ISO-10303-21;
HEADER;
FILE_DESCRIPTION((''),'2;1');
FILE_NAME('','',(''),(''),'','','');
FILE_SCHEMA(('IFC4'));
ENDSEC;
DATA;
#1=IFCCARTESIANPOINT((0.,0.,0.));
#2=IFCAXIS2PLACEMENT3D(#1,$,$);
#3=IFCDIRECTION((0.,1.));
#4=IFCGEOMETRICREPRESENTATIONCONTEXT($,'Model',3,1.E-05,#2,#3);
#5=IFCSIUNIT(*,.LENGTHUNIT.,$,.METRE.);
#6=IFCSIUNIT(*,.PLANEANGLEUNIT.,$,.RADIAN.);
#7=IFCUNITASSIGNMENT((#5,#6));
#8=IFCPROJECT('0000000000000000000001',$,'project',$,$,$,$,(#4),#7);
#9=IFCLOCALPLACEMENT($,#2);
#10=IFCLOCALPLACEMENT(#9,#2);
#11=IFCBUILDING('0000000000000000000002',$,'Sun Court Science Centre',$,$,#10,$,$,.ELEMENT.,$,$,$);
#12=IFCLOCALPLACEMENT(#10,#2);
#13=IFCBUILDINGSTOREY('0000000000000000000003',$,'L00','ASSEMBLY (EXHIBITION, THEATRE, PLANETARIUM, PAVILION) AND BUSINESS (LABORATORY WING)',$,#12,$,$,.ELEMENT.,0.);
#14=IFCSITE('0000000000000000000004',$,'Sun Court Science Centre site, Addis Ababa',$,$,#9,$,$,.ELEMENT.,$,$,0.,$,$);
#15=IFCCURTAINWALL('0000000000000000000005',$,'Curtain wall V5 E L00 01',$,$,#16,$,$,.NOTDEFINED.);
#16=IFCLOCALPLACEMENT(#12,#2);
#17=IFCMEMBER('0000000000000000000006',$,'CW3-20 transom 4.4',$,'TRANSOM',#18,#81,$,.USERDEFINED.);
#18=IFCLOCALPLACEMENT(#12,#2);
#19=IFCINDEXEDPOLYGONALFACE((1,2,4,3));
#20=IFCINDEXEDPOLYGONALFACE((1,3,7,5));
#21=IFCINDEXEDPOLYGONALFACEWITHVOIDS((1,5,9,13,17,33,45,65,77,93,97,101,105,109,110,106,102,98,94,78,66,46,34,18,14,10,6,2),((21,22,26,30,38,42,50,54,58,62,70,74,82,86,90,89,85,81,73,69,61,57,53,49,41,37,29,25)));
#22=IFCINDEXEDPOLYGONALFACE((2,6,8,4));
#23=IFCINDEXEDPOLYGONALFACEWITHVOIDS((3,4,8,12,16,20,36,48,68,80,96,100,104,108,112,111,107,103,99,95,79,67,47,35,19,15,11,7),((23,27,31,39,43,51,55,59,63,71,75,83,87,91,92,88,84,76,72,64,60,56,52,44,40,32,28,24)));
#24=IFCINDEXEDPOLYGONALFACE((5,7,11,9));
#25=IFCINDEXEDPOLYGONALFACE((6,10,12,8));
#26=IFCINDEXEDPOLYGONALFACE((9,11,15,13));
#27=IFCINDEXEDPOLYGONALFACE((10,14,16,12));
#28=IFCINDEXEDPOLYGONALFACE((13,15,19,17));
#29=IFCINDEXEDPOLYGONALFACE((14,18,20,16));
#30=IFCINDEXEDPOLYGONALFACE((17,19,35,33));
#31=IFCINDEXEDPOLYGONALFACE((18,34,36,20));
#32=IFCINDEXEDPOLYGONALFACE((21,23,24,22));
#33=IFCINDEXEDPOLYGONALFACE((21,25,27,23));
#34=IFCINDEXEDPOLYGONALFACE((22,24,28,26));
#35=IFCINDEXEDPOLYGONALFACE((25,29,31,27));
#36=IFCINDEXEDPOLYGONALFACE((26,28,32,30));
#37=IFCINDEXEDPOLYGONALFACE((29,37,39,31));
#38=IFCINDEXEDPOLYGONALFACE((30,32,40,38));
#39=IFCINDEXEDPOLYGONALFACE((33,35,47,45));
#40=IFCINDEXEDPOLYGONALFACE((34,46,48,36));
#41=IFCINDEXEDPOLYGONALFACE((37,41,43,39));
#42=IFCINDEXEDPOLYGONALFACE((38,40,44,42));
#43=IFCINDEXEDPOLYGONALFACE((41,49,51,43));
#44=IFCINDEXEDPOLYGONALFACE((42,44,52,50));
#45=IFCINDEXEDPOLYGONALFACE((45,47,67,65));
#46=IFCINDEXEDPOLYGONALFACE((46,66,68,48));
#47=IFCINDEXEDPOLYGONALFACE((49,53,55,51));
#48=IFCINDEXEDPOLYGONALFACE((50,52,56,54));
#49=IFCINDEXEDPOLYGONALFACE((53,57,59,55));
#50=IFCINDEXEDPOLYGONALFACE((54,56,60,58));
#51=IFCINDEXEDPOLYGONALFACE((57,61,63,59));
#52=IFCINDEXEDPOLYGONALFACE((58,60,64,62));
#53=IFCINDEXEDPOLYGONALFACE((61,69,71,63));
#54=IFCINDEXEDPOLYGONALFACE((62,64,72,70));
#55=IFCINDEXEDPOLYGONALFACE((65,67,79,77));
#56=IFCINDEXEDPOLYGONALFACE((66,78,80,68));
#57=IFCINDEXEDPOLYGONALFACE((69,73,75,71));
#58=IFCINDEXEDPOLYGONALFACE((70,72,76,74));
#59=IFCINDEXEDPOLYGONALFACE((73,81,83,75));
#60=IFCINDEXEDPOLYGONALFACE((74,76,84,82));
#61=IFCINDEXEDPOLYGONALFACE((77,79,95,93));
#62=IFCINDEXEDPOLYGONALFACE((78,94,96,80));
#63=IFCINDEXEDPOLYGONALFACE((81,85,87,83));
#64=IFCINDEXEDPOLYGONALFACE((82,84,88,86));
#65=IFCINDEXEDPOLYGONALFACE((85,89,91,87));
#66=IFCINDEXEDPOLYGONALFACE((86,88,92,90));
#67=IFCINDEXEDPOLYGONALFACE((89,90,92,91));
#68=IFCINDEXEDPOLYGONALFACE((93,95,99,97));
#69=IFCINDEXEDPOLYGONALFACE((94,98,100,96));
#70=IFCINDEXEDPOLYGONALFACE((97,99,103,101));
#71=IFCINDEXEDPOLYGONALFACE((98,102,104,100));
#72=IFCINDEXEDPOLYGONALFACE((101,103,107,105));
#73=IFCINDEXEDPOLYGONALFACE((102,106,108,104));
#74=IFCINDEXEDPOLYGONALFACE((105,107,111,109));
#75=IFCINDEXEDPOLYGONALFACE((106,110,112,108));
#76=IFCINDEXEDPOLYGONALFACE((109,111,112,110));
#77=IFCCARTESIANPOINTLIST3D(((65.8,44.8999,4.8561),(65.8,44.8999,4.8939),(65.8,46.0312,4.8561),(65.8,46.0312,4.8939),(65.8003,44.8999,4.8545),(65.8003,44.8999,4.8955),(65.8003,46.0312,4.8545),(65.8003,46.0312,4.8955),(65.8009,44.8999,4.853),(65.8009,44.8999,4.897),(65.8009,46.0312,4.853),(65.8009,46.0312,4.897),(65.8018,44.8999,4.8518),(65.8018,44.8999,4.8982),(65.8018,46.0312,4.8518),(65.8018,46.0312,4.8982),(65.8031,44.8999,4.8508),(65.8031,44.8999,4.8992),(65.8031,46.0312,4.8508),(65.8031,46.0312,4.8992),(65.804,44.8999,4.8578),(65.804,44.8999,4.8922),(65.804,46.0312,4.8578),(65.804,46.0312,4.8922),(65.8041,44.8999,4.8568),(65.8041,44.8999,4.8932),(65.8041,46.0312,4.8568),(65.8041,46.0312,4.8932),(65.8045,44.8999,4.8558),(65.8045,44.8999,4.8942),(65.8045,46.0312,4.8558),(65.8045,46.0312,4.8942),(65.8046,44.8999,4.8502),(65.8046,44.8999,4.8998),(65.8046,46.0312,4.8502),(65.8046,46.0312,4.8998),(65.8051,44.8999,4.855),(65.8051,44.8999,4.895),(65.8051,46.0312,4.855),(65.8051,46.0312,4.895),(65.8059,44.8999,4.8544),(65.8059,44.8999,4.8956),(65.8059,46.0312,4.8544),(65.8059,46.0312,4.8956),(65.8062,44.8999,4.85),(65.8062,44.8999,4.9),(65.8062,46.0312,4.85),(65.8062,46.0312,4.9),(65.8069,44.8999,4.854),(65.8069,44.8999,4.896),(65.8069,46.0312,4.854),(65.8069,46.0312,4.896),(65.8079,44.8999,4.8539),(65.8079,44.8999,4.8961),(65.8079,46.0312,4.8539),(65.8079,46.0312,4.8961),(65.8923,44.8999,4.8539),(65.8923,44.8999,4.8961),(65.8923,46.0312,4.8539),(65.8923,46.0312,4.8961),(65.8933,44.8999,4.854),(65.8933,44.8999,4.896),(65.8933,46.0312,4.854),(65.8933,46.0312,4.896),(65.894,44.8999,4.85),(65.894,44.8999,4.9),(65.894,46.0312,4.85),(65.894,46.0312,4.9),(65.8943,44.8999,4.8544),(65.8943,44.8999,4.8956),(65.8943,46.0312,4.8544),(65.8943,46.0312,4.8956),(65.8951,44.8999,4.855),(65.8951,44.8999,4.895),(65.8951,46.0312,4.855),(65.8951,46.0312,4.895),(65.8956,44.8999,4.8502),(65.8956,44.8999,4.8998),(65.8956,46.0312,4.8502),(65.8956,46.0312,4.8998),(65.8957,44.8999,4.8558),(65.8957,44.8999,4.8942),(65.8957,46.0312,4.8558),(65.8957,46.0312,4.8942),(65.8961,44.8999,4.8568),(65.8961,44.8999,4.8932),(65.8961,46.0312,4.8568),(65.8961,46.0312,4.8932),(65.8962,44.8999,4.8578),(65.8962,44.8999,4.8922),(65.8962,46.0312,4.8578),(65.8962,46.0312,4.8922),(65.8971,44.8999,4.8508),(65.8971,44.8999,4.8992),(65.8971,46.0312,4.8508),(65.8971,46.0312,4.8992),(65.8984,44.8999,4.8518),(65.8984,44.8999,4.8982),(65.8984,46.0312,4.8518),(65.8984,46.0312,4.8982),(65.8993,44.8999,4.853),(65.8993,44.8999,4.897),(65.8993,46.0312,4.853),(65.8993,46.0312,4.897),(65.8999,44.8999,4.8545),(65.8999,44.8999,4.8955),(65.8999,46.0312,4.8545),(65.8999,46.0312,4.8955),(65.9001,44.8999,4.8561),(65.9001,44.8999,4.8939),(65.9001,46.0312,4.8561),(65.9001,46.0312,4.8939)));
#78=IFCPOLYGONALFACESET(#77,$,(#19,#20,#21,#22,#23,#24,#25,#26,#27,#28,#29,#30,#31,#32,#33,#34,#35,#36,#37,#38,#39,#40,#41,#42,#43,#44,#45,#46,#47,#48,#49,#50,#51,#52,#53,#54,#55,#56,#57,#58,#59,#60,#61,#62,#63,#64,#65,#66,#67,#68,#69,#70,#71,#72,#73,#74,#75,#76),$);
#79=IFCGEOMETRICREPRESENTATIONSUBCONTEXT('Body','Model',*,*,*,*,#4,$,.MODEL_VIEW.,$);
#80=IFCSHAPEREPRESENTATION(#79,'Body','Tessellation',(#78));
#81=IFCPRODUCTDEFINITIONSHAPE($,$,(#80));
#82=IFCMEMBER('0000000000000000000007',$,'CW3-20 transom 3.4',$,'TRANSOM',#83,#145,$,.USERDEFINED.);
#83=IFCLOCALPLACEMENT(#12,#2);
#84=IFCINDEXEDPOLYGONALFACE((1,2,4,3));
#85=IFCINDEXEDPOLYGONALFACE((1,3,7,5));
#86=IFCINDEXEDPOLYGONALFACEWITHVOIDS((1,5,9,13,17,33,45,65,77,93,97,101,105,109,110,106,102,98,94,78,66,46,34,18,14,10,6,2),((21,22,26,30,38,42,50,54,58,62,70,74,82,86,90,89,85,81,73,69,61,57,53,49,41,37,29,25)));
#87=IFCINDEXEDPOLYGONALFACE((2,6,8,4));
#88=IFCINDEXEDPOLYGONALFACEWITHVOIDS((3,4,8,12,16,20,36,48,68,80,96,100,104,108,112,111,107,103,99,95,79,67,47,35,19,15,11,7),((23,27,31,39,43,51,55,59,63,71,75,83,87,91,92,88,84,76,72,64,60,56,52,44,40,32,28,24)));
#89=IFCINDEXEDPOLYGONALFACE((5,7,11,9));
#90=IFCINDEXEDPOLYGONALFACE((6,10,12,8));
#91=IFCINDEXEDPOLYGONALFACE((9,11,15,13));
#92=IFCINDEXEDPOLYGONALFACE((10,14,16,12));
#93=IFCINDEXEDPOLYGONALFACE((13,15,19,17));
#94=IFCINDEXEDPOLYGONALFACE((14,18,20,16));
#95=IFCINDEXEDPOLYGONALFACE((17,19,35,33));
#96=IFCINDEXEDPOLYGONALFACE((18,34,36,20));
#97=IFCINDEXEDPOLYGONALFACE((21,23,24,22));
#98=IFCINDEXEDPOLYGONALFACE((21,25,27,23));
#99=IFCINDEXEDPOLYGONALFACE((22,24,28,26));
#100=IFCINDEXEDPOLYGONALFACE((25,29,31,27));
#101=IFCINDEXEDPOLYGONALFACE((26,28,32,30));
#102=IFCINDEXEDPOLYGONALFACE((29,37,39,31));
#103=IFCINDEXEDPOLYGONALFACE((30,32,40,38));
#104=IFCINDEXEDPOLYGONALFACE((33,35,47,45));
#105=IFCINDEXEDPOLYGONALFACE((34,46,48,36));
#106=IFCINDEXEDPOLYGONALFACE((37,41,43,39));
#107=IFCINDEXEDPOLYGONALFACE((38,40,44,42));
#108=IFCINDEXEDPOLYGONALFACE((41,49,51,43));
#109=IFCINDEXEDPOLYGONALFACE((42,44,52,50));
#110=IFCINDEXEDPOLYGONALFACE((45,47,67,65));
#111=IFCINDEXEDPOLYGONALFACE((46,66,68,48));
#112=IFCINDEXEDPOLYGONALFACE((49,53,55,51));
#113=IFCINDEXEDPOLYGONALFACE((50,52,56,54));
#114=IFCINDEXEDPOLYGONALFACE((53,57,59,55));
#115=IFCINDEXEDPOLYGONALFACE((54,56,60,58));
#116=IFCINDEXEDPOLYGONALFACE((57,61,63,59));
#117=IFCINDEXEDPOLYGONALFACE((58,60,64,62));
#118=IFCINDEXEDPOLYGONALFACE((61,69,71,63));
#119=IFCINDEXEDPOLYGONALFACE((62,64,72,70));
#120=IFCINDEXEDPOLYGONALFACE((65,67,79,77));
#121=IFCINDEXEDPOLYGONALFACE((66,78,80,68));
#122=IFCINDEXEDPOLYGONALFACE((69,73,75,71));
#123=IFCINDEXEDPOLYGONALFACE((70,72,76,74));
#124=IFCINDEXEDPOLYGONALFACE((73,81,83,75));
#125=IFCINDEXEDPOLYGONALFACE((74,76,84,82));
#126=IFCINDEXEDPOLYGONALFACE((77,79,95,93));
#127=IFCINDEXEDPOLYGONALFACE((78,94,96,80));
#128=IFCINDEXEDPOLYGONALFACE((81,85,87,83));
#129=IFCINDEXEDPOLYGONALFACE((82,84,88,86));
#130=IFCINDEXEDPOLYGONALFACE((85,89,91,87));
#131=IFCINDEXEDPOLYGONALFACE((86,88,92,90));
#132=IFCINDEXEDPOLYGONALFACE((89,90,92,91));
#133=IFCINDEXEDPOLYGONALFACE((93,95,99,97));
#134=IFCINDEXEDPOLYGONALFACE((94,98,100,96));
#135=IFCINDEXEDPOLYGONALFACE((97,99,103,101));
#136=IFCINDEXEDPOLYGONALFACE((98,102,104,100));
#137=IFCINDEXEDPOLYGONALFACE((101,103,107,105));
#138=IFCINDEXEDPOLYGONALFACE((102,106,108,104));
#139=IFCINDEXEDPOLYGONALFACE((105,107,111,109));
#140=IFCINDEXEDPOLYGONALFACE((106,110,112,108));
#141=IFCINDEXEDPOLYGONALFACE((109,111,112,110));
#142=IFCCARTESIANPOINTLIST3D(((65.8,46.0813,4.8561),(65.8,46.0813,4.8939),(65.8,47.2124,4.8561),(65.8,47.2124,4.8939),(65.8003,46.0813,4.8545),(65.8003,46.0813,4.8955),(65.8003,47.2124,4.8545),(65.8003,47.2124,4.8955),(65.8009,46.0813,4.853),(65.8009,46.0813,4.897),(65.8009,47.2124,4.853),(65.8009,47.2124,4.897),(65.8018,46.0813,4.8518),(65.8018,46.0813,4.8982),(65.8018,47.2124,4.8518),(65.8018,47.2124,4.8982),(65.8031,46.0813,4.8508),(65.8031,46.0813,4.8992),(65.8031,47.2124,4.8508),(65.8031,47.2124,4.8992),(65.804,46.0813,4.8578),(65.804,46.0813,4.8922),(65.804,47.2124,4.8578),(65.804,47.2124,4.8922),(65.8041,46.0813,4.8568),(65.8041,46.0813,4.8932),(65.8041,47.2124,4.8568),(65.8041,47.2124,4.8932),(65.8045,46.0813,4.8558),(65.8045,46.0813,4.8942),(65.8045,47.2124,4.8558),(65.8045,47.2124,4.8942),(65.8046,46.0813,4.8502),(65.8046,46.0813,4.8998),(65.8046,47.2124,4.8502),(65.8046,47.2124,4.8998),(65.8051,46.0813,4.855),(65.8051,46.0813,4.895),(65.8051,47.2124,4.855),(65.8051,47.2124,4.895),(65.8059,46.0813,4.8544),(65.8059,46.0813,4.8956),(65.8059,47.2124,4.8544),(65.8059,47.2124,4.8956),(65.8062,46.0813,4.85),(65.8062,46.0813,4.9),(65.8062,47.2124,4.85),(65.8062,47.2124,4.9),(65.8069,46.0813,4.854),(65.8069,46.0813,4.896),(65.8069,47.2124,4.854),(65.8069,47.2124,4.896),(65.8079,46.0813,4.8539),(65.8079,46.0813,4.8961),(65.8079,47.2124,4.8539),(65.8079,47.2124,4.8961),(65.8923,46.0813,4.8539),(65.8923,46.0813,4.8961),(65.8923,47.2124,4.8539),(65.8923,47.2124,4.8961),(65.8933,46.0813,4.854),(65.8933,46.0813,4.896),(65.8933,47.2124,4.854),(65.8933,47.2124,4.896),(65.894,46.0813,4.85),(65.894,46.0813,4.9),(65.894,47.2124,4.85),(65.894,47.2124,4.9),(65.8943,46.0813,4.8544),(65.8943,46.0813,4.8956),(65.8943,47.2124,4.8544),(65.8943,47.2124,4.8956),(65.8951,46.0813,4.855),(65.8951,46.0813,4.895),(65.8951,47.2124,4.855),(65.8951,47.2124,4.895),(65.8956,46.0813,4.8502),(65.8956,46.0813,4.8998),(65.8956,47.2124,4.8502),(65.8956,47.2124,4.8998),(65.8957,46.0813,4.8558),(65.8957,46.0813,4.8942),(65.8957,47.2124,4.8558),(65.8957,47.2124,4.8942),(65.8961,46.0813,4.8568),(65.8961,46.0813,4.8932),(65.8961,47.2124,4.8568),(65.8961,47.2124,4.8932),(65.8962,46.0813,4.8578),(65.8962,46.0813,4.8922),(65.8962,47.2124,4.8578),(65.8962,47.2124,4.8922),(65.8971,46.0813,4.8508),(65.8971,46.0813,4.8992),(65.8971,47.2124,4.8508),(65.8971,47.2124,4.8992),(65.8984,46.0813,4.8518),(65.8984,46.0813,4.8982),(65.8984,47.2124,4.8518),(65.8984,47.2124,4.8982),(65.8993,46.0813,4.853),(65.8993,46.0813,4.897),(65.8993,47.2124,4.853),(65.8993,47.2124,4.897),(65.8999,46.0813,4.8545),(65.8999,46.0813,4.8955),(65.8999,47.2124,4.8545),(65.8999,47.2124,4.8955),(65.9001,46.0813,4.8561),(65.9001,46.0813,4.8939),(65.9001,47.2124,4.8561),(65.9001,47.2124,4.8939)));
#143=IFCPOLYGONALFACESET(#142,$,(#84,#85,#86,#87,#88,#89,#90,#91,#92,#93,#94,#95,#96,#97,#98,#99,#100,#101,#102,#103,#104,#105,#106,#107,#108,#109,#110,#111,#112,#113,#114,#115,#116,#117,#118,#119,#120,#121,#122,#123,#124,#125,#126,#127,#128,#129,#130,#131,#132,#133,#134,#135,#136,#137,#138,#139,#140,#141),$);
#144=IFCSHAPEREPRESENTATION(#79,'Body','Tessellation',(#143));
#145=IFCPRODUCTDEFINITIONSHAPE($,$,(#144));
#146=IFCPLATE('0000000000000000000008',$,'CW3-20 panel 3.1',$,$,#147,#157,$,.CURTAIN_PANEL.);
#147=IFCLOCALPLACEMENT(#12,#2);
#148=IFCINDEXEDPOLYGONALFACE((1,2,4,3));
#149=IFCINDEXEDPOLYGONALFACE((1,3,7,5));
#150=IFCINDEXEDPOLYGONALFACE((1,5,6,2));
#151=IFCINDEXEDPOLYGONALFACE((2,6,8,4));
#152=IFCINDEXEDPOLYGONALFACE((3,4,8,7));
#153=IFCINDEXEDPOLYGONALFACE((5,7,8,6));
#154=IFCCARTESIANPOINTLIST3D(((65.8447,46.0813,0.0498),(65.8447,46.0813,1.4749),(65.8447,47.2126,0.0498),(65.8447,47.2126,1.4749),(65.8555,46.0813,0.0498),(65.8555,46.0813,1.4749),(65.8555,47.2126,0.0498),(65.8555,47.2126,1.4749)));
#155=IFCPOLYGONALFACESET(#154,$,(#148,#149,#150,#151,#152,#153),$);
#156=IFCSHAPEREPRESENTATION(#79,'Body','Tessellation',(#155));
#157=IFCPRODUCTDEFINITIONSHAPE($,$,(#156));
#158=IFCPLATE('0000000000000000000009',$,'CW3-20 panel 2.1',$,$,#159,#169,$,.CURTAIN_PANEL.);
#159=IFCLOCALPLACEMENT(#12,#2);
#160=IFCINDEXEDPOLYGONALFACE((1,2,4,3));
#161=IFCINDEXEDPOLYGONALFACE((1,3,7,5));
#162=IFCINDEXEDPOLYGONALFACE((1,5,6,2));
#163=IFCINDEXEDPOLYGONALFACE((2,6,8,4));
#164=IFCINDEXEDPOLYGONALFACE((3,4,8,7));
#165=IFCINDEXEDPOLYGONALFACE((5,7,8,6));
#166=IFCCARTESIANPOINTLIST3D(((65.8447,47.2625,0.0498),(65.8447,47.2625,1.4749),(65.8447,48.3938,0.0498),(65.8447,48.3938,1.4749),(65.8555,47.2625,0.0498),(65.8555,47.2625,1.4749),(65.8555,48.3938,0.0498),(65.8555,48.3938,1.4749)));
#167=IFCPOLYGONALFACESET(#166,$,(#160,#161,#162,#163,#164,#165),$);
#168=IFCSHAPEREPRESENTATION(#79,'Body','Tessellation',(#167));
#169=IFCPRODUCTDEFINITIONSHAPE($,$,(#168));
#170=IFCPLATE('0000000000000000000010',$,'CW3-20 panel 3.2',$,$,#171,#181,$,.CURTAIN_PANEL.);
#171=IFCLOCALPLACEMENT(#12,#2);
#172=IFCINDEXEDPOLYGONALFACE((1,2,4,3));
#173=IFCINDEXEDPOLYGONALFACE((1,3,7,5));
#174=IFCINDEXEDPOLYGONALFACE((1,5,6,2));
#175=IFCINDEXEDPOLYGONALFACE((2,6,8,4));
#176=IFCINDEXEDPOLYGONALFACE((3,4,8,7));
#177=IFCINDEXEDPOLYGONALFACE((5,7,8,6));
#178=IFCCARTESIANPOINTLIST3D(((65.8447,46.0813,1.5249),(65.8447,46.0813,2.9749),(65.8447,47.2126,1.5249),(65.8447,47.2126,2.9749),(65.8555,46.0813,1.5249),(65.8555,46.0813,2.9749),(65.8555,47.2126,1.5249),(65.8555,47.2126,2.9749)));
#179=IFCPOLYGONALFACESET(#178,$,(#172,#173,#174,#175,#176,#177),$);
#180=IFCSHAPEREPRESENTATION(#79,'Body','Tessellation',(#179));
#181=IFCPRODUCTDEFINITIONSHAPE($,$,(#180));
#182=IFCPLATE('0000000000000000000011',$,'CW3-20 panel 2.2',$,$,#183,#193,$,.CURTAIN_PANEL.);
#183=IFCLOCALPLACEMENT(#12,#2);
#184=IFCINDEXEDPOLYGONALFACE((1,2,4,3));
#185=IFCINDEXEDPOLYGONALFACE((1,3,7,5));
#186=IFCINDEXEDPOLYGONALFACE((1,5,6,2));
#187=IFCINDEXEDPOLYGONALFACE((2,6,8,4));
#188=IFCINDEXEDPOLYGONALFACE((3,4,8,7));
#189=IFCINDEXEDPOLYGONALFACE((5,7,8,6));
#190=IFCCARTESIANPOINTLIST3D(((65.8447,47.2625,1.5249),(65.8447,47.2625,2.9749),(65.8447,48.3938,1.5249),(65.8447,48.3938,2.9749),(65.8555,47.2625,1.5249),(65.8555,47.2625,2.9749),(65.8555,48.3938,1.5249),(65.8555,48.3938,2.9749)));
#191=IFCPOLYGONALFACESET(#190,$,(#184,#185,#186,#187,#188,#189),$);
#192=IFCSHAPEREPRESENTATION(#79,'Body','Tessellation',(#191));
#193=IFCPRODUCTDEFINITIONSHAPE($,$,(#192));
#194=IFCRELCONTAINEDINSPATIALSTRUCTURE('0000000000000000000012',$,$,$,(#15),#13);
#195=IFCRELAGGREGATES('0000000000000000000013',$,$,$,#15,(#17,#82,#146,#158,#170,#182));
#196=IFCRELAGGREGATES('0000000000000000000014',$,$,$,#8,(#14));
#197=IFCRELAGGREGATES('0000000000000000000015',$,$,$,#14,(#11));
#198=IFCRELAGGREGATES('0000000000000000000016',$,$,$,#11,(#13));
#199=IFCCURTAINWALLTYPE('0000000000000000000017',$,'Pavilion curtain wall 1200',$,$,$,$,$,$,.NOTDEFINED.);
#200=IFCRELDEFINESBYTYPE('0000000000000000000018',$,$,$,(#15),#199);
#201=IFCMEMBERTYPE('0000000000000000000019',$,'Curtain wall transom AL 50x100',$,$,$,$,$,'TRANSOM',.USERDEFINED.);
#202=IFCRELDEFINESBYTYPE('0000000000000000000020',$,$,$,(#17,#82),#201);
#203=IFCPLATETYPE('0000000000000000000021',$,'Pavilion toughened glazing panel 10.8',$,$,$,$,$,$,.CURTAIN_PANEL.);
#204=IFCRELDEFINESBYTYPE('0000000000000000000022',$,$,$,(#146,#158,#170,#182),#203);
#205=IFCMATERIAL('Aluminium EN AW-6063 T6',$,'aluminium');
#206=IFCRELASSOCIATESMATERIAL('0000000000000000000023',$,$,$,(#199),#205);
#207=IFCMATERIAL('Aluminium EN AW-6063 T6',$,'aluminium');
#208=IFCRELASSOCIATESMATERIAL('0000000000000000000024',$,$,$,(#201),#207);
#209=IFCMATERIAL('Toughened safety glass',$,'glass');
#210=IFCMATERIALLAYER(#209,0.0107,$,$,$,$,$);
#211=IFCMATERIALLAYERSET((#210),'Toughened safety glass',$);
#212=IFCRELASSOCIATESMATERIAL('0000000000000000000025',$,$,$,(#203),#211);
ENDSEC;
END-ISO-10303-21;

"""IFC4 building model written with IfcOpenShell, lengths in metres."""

from ifc_helpers import new_model, si_unit, direction, frame, origin, origin_2d, place, context, subcontext, project, spatial, rectangle, hollow_rectangle, extrude, material, layer, layer_set, material_profile, profile_set, type_object, element, aggregate, save


model = new_model("IFC4")

# Units and contexts
model_context = context("Model", 3, precision=1e-05, world=origin(), true_north=direction((0.0, 1.0)))
body_context = subcontext(model_context, "Body", "Model", "MODEL_VIEW")
ifc_project = project(units=[si_unit("LENGTHUNIT", "METRE"), si_unit("PLANEANGLEUNIT", "RADIAN")], contexts=[model_context])

# Site, building, storey
site_placement = place(None, origin())
site = spatial("IfcSite", under=ifc_project, at=site_placement, Name="Sun Court Science Centre site, Addis Ababa", CompositionType="ELEMENT", RefElevation=0.0)
building_placement = place(site_placement, origin())
building = spatial("IfcBuilding", under=site, at=building_placement, Name="Sun Court Science Centre", CompositionType="ELEMENT")
storey_placement = place(building_placement, origin())
storey = spatial("IfcBuildingStorey", under=building, at=storey_placement, Name="L00", Description="ASSEMBLY (EXHIBITION, THEATRE, PLANETARIUM, PAVILION) AND BUSINESS (LABORATORY WING)", CompositionType="ELEMENT", Elevation=0.0)

# Shared definitions
ifc_material_1 = material(Name="Aluminium EN AW-6063 T6", Category="aluminium")
curtain_wall_type = type_object("IfcCurtainWallType", Name="Pavilion curtain wall 1200", PredefinedType="NOTDEFINED", material=ifc_material_1)

# Curtain wall, members, plates
curtain_wall_1_placement = place(storey_placement, origin())
curtain_wall_1 = element("IfcCurtainWall", 1, at=curtain_wall_1_placement, inside=storey, type_object=curtain_wall_type, Name="Curtain wall V5 E L00 01", PredefinedType="NOTDEFINED")
ifc_material_2 = material(Name="Aluminium EN AW-6063 T6", Category="aluminium")
ifc_material_profile_1 = material_profile(ifc_material_2, hollow_rectangle(XDim=0.05, YDim=0.1001, WallThickness=0.0039, InnerFilletRadius=0.0039, OuterFilletRadius=0.0061, at=origin_2d()), Name="AL 50x100x4")
ifc_profile_set_1 = profile_set([ifc_material_profile_1], Name="Aluminium EN AW-6063 T6")
member_type_1 = type_object("IfcMemberType", Name="Curtain wall transom AL 50x100", ElementType="TRANSOM", PredefinedType="USERDEFINED", material=ifc_profile_set_1)
member_1_placement = place(storey_placement, frame((65.8501, 46.0312, 4.875), z_axis=(0.0, -1.0, 0.0), x_axis=(0.0, 0.0, 1.0)))
member_1 = element("IfcMember", 2, at=member_1_placement, type_object=member_type_1, Name="CW3-20 transom 4.4", ObjectType="TRANSOM", PredefinedType="USERDEFINED", context=body_context, shape_type="SweptSolid", body=[
    extrude(hollow_rectangle(XDim=0.05, YDim=0.1001, WallThickness=0.0039, InnerFilletRadius=0.0039, OuterFilletRadius=0.0061, at=origin_2d()), origin(), (0.0, 0.0, 1.0), 1.1313),
])
member_2_placement = place(storey_placement, frame((65.8501, 47.2124, 4.875), z_axis=(0.0, -1.0, 0.0), x_axis=(0.0, 0.0, 1.0)))
member_2 = element("IfcMember", 3, at=member_2_placement, type_object=member_type_1, Name="CW3-20 transom 3.4", ObjectType="TRANSOM", PredefinedType="USERDEFINED", context=body_context, shape_type="SweptSolid", body=[
    extrude(hollow_rectangle(XDim=0.05, YDim=0.1001, WallThickness=0.0039, InnerFilletRadius=0.0039, OuterFilletRadius=0.0061, at=origin_2d()), origin(), (0.0, 0.0, 1.0), 1.1311),
])
ifc_material_3 = material(Name="Toughened safety glass", Category="glass")
ifc_layer_1 = layer(ifc_material_3, 0.0107)
ifc_layer_set_1 = layer_set([ifc_layer_1], Name="Toughened safety glass")
plate_type = type_object("IfcPlateType", Name="Pavilion toughened glazing panel 10.8", PredefinedType="CURTAIN_PANEL", material=ifc_layer_set_1)
plate_1_placement = place(storey_placement, frame((65.8501, 46.647, 0.0498), z_axis=(0.0, 0.0, 1.0), x_axis=(0.0, -1.0, 0.0)))
plate_1 = element("IfcPlate", 4, at=plate_1_placement, type_object=plate_type, Name="CW3-20 panel 3.1", PredefinedType="CURTAIN_PANEL", context=body_context, shape_type="SweptSolid", body=[
    extrude(rectangle(XDim=1.1313, YDim=0.0107, at=origin_2d()), origin(), (0.0, 0.0, 1.0), 1.425),
])
plate_2_placement = place(storey_placement, frame((65.8501, 47.8281, 0.0498), z_axis=(0.0, 0.0, 1.0), x_axis=(0.0, -1.0, 0.0)))
plate_2 = element("IfcPlate", 5, at=plate_2_placement, type_object=plate_type, Name="CW3-20 panel 2.1", PredefinedType="CURTAIN_PANEL", context=body_context, shape_type="SweptSolid", body=[
    extrude(rectangle(XDim=1.1313, YDim=0.0107, at=origin_2d()), origin(), (0.0, 0.0, 1.0), 1.425),
])
plate_3_placement = place(storey_placement, frame((65.8501, 46.647, 1.5249), z_axis=(0.0, 0.0, 1.0), x_axis=(0.0, -1.0, 0.0)))
plate_3 = element("IfcPlate", 6, at=plate_3_placement, type_object=plate_type, Name="CW3-20 panel 3.2", PredefinedType="CURTAIN_PANEL", context=body_context, shape_type="SweptSolid", body=[
    extrude(rectangle(XDim=1.1313, YDim=0.0107, at=origin_2d()), origin(), (0.0, 0.0, 1.0), 1.45),
])
plate_4_placement = place(storey_placement, frame((65.8501, 47.8281, 1.5249), z_axis=(0.0, 0.0, 1.0), x_axis=(0.0, -1.0, 0.0)))
plate_4 = element("IfcPlate", 7, at=plate_4_placement, type_object=plate_type, Name="CW3-20 panel 2.2", PredefinedType="CURTAIN_PANEL", context=body_context, shape_type="SweptSolid", body=[
    extrude(rectangle(XDim=1.1313, YDim=0.0107, at=origin_2d()), origin(), (0.0, 0.0, 1.0), 1.45),
])
aggregate(curtain_wall_1, [member_1, member_2, plate_1, plate_2, plate_3, plate_4])

save(model, "model.ifc")
